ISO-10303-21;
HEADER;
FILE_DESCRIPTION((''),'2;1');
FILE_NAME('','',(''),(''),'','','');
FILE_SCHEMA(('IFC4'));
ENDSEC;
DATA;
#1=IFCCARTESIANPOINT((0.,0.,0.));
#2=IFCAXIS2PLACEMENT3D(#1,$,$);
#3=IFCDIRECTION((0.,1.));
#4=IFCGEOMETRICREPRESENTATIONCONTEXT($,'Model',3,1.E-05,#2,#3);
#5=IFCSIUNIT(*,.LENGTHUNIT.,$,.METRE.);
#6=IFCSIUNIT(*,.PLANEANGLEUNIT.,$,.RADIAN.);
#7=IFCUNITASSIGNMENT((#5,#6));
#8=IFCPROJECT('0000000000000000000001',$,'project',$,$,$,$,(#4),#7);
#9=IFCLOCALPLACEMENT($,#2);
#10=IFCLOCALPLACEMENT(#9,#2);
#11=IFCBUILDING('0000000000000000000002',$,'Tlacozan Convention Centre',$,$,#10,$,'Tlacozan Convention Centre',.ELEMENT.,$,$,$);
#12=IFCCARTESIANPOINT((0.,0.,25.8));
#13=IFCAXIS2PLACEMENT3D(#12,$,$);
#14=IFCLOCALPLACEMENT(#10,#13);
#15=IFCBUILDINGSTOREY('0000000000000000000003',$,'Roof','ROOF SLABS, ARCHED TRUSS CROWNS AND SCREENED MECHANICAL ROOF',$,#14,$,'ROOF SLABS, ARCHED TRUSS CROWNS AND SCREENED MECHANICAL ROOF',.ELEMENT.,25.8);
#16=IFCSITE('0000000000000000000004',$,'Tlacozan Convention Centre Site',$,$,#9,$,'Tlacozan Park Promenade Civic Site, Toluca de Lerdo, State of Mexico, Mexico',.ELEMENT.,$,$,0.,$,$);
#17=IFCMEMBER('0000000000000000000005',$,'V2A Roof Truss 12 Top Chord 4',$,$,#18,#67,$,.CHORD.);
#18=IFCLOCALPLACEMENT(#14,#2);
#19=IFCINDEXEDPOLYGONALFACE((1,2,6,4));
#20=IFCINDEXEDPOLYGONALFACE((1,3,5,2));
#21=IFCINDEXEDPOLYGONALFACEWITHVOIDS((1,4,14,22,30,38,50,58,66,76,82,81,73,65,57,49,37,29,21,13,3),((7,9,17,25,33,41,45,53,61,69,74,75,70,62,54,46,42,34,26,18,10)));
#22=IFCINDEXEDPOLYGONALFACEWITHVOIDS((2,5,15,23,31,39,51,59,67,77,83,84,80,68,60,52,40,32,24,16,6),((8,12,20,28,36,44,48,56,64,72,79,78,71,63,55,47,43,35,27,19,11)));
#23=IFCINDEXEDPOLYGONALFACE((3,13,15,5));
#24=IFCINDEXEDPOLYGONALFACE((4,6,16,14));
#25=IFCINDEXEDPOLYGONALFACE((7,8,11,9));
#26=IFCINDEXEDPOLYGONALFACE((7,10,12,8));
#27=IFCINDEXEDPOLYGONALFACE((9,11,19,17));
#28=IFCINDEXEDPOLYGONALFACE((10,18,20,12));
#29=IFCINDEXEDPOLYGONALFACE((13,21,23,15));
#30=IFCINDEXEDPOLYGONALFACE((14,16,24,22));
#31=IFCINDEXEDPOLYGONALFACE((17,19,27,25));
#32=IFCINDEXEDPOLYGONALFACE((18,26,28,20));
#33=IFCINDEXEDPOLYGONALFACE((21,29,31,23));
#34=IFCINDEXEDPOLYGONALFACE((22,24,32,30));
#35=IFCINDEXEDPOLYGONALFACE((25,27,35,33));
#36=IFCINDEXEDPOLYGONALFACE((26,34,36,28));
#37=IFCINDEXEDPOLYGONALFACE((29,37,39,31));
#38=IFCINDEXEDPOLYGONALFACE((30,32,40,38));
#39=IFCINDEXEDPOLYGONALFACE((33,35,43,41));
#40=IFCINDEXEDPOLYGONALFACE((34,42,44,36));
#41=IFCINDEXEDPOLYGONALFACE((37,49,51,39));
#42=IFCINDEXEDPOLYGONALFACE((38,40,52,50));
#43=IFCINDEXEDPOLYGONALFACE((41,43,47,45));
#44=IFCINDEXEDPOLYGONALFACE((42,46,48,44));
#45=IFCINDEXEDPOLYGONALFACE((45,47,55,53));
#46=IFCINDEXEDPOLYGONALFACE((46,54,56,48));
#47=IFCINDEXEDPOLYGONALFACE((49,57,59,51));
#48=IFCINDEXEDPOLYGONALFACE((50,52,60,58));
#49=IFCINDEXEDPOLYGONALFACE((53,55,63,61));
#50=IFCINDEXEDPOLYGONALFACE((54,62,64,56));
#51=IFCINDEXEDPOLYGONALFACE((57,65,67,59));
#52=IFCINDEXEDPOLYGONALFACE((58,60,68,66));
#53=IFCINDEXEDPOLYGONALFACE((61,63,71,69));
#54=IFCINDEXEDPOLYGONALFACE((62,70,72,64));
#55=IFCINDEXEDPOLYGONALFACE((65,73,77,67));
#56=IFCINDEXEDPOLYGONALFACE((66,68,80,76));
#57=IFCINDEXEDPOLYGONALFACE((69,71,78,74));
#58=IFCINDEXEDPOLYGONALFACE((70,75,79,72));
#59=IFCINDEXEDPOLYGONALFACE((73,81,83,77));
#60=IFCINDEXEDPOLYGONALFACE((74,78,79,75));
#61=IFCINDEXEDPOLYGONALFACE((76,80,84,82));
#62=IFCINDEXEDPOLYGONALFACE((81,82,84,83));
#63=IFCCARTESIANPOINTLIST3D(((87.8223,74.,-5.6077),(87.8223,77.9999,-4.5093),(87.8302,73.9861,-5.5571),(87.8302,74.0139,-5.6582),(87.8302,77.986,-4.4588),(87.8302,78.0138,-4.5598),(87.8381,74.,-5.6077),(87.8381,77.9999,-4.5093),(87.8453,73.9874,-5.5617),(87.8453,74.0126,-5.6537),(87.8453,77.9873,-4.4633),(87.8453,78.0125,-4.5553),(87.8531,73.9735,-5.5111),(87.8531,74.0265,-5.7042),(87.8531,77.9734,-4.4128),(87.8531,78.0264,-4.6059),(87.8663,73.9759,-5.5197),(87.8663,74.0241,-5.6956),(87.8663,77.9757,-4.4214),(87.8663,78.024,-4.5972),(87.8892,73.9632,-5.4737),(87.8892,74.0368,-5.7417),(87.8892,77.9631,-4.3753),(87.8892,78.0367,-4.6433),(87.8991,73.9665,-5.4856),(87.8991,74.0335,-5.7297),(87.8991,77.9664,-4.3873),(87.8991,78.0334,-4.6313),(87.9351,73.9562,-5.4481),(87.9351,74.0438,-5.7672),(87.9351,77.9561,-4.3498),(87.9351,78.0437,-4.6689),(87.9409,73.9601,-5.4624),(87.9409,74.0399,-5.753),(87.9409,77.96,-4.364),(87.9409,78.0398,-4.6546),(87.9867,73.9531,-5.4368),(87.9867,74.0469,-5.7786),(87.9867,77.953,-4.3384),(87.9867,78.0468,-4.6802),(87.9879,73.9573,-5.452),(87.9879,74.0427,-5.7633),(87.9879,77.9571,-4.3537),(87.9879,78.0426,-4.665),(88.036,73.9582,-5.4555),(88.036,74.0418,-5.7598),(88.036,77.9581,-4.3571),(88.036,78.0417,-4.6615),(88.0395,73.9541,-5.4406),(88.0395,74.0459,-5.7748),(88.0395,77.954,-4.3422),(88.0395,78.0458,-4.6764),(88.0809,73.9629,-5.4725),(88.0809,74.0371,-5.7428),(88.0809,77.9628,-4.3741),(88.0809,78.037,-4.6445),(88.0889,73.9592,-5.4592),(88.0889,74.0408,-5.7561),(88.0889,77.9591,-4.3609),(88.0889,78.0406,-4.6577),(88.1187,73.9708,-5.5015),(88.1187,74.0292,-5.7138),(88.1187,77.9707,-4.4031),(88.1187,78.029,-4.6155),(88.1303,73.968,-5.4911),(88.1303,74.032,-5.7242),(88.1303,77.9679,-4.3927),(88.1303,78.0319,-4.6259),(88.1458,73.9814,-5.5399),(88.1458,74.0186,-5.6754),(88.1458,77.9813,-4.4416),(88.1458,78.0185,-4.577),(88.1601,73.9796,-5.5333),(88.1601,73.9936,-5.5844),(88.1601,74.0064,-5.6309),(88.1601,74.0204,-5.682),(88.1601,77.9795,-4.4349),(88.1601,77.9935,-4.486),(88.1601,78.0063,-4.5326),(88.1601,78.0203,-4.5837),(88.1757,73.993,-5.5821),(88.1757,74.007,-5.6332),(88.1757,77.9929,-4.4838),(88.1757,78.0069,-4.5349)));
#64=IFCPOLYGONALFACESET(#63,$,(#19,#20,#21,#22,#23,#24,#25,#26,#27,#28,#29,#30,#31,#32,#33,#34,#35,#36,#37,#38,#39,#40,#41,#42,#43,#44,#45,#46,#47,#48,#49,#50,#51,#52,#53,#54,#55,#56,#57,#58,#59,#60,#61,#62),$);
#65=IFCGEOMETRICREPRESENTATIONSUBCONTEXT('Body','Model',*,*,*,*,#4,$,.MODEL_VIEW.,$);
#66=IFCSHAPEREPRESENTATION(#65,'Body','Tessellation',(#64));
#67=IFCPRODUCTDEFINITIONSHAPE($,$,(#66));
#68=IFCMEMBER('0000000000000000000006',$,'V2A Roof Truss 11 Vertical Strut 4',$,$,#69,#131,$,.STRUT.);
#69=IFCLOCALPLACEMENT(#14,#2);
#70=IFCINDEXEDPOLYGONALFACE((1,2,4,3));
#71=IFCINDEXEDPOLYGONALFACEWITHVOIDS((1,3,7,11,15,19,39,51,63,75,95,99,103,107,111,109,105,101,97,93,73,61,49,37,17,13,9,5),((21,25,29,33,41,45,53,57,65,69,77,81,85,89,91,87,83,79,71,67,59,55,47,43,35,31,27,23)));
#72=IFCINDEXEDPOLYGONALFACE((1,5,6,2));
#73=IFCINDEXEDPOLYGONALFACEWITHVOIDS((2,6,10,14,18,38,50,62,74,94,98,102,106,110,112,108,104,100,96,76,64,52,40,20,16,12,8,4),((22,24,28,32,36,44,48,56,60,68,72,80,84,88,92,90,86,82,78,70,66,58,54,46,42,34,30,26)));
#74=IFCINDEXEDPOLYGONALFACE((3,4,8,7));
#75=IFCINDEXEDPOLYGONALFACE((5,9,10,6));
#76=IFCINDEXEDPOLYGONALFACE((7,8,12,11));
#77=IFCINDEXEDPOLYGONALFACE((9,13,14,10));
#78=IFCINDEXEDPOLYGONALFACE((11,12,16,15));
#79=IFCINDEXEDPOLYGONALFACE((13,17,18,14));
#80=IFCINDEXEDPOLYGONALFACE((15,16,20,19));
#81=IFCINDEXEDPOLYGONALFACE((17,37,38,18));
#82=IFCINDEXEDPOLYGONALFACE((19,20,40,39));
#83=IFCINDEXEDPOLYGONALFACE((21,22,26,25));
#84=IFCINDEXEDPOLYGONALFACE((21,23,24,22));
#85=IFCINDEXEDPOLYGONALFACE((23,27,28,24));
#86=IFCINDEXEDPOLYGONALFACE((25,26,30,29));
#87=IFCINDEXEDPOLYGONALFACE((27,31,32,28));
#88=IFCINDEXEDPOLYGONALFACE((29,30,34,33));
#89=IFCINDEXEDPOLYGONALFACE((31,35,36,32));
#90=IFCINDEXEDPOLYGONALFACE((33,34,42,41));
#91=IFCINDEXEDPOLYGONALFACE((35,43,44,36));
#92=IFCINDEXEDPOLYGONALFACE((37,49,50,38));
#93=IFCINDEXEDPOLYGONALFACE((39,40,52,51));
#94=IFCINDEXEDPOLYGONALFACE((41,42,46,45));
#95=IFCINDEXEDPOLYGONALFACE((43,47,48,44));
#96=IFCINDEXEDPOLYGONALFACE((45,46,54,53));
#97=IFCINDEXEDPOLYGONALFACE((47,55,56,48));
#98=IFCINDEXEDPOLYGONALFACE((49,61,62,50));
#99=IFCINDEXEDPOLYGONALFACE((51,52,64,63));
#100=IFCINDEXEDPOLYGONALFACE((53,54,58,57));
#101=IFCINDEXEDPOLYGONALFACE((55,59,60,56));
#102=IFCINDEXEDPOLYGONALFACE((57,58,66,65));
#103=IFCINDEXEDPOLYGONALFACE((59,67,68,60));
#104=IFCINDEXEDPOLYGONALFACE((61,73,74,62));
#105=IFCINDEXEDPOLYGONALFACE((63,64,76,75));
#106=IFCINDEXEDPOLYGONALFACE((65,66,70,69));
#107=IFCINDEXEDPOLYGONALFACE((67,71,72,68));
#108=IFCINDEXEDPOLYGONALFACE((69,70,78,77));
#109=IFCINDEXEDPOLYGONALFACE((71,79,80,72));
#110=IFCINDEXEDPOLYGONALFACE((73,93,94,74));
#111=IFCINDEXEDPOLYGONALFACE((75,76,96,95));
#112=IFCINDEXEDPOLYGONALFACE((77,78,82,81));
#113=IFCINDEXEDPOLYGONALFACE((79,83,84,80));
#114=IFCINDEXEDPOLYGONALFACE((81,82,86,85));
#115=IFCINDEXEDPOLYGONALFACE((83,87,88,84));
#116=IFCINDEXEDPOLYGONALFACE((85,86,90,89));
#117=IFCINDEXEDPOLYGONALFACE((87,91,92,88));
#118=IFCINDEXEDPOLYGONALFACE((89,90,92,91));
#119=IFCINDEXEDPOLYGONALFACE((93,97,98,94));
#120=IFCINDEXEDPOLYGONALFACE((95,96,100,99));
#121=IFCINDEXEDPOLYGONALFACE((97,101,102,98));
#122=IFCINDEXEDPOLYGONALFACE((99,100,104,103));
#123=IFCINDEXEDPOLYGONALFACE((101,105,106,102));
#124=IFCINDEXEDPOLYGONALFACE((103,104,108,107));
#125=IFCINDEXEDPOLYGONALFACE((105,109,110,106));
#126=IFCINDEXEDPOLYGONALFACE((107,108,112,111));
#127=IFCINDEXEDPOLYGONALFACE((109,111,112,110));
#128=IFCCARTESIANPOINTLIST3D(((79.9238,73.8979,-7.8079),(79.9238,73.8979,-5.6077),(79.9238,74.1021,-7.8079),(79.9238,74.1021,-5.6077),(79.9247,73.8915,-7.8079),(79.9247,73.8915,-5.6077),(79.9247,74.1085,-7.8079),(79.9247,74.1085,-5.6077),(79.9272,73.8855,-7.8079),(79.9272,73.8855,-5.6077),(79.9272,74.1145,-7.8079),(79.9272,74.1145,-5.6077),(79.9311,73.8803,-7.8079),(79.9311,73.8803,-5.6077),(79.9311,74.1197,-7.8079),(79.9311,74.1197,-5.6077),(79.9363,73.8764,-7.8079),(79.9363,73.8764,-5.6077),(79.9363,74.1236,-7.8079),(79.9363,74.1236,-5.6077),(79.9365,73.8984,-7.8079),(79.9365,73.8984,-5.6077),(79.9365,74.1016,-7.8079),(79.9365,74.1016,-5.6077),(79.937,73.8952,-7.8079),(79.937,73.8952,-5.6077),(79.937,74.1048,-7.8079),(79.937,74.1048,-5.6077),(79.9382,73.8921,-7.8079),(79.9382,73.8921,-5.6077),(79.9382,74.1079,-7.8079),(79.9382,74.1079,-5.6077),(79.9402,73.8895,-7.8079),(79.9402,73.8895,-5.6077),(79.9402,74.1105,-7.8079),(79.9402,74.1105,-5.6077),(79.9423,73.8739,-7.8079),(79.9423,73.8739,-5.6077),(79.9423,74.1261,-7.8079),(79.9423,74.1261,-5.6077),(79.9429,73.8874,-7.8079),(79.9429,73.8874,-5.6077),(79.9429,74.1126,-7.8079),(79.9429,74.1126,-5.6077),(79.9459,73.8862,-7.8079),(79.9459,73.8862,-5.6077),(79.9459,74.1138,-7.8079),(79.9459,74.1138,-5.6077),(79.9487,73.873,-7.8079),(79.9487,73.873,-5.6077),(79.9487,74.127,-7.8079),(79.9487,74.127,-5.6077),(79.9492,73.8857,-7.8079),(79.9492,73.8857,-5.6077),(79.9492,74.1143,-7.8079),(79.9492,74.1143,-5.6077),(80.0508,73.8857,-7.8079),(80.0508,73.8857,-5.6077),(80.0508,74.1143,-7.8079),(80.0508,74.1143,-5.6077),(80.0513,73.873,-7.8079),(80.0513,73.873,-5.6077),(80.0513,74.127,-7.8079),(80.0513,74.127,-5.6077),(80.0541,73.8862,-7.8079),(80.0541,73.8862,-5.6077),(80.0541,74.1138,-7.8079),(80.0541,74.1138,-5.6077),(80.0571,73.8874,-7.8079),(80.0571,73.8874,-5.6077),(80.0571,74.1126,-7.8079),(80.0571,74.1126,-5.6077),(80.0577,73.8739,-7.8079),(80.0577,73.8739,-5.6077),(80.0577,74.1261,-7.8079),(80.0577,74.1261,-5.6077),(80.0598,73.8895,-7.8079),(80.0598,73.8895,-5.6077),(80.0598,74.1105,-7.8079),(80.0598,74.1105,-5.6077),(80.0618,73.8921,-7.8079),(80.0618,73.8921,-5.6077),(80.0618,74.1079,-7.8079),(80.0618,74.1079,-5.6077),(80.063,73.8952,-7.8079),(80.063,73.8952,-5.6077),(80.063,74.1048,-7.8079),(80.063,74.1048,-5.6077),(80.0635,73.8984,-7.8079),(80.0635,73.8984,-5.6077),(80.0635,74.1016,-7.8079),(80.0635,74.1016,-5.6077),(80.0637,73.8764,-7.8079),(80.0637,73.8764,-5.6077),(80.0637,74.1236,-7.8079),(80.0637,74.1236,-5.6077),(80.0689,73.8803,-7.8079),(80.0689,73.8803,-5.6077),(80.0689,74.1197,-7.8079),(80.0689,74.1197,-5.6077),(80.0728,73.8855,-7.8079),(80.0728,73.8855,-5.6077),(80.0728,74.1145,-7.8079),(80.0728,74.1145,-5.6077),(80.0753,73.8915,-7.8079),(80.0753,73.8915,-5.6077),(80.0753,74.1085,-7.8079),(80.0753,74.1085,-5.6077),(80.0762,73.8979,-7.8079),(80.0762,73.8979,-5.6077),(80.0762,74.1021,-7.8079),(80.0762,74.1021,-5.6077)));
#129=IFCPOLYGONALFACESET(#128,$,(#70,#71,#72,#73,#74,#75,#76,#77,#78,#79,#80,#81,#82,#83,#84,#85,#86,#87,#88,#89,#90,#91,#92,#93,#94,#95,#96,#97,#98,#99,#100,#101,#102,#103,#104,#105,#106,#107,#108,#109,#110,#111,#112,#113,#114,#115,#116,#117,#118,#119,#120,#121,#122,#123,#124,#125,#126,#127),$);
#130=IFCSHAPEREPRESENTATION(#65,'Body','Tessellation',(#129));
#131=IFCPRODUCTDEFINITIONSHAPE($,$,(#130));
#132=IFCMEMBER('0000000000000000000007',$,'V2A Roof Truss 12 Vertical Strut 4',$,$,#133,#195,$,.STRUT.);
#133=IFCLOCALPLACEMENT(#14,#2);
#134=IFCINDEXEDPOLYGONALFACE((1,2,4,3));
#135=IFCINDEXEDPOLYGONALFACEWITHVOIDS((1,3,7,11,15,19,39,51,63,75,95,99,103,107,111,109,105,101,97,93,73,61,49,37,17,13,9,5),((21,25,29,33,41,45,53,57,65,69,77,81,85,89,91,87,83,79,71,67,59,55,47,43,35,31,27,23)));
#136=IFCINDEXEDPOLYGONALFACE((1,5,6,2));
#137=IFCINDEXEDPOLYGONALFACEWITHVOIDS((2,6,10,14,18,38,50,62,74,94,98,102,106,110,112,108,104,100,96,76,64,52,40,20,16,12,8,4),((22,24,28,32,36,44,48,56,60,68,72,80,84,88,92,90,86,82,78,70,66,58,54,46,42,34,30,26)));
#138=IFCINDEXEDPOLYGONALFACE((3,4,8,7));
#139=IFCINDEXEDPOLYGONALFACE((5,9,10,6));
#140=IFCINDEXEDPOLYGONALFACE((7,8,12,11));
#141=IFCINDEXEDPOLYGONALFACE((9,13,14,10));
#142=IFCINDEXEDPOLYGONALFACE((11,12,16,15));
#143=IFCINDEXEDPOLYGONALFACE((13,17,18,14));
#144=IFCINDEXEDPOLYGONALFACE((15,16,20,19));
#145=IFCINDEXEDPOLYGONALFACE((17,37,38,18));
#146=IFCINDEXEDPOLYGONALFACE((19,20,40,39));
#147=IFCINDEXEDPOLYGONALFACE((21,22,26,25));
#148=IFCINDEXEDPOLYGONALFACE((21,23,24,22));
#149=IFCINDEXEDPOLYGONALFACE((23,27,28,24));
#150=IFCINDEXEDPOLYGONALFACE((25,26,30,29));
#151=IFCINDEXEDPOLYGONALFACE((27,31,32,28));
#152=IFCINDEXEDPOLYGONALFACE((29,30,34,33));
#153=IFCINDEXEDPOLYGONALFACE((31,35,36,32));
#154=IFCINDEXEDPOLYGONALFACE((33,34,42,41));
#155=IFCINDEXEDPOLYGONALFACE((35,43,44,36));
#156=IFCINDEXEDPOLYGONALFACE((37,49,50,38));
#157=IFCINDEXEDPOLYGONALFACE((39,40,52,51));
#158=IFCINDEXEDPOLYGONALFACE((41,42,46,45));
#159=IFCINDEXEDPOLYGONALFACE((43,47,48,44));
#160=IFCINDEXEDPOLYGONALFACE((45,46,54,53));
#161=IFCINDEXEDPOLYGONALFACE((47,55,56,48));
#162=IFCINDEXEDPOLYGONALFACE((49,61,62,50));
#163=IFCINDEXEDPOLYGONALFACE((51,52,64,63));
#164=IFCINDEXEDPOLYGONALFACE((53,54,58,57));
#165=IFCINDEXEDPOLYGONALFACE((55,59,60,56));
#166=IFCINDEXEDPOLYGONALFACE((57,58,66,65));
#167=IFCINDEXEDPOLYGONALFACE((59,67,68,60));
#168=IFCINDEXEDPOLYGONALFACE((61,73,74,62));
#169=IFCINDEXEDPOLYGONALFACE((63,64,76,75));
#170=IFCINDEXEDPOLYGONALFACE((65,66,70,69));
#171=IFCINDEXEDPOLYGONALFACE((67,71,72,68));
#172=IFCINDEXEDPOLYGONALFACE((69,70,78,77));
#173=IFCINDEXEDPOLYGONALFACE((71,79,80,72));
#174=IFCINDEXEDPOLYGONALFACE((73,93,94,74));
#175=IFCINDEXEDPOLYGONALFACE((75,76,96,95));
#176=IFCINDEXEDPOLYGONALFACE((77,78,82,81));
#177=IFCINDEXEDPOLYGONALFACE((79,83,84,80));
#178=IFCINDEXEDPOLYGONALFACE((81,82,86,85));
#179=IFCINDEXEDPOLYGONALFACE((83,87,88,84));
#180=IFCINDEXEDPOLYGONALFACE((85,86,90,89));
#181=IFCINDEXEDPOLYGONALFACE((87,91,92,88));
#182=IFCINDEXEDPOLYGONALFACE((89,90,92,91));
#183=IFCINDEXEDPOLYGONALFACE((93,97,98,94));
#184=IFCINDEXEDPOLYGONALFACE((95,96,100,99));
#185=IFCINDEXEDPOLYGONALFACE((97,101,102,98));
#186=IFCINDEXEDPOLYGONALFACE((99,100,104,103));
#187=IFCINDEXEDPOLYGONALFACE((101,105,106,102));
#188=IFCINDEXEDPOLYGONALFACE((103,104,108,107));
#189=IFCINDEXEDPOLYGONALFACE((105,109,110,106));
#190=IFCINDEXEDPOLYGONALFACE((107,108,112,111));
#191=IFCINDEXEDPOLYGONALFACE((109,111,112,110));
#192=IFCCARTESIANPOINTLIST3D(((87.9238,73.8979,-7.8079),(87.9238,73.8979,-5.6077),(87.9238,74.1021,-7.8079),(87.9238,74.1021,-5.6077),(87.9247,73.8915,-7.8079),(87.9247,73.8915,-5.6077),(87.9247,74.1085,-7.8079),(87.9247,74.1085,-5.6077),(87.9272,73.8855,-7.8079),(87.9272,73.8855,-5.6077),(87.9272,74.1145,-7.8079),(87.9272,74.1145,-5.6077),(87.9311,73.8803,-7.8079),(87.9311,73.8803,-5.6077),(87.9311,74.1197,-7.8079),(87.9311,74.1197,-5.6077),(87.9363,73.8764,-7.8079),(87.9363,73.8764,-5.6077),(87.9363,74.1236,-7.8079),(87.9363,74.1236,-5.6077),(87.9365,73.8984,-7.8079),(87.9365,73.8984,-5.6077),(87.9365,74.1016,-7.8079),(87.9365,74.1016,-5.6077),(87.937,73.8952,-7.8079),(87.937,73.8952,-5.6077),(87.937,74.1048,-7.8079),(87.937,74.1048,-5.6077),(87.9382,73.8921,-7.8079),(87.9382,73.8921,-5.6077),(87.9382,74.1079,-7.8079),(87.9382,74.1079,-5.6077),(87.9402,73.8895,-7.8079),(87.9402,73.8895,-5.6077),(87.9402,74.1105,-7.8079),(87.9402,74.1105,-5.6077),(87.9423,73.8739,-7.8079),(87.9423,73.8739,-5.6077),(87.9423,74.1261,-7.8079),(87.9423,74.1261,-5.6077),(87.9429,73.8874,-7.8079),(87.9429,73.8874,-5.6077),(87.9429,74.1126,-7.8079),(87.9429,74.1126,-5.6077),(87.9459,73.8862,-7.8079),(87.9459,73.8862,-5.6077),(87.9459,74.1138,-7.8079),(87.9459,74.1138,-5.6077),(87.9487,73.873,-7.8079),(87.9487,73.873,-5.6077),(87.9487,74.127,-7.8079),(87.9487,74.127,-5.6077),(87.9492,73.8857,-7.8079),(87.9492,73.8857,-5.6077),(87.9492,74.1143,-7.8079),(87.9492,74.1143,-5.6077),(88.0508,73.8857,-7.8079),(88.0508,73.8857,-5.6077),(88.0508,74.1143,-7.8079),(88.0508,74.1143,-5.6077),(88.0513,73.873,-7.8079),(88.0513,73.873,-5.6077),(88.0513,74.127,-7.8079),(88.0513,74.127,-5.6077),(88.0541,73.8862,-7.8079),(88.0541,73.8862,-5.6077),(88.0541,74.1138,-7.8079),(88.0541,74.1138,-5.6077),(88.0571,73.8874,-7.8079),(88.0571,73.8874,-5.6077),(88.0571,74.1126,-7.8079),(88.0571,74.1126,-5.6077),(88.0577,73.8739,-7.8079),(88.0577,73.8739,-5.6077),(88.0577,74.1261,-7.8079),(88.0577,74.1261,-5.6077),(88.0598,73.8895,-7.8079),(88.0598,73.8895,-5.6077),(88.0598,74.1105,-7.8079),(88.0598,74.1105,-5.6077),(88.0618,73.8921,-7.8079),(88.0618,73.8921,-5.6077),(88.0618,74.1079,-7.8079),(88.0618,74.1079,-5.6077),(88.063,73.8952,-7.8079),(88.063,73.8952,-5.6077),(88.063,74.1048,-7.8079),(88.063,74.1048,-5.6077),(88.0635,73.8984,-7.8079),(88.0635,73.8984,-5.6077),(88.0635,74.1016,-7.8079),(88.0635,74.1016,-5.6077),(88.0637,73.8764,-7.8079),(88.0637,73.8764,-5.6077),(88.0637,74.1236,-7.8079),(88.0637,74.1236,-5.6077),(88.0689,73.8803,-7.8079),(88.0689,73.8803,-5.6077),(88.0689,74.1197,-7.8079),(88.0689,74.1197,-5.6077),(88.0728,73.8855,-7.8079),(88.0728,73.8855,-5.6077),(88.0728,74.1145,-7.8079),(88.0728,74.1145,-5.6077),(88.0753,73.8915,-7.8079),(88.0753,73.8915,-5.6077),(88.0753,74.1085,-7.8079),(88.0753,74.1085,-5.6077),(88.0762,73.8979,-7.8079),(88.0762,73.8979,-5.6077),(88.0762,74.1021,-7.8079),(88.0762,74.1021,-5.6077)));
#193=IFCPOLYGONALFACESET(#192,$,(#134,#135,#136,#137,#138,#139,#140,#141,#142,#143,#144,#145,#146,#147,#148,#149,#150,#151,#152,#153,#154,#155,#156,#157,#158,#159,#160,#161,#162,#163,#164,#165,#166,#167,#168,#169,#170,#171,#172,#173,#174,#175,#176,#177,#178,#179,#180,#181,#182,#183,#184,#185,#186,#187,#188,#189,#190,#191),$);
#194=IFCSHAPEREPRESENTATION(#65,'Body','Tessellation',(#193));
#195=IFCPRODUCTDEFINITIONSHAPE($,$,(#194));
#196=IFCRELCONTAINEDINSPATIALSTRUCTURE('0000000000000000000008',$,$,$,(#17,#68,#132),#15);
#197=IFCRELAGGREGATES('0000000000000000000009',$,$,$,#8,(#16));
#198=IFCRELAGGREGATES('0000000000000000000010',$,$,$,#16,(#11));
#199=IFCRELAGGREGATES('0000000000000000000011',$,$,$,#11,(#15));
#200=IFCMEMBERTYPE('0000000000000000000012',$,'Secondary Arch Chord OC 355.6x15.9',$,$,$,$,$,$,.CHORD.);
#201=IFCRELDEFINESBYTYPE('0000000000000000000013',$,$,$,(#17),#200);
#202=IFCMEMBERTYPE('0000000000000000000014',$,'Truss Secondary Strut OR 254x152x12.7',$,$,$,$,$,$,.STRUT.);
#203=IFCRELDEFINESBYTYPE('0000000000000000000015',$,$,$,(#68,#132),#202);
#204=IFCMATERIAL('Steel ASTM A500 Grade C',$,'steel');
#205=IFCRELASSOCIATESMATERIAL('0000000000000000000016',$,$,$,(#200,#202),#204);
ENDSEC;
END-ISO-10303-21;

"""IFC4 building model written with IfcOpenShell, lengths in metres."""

from ifc_helpers import new_model, si_unit, direction, frame, origin, origin_2d, place, context, subcontext, project, spatial, hollow_rectangle, hollow_circle, extrude, material, material_profile, profile_set, type_object, element, save


model = new_model("IFC4")

# Units and contexts
model_context = context("Model", 3, precision=1e-05, world=origin(), true_north=direction((0.0, 1.0)))
body_context = subcontext(model_context, "Body", "Model", "MODEL_VIEW")
ifc_project = project(units=[si_unit("LENGTHUNIT", "METRE"), si_unit("PLANEANGLEUNIT", "RADIAN")], contexts=[model_context])

# Site, building, storey
site_placement = place(None, origin())
site = spatial("IfcSite", under=ifc_project, at=site_placement, Name="Tlacozan Convention Centre Site", LongName="Tlacozan Park Promenade Civic Site, Toluca de Lerdo, State of Mexico, Mexico", CompositionType="ELEMENT", RefElevation=0.0)
building_placement = place(site_placement, origin())
building = spatial("IfcBuilding", under=site, at=building_placement, Name="Tlacozan Convention Centre", LongName="Tlacozan Convention Centre", CompositionType="ELEMENT")
storey_placement = place(building_placement, frame((0.0, 0.0, 25.8)))
storey = spatial("IfcBuildingStorey", under=building, at=storey_placement, Name="Roof", Description="ROOF SLABS, ARCHED TRUSS CROWNS AND SCREENED MECHANICAL ROOF", LongName="ROOF SLABS, ARCHED TRUSS CROWNS AND SCREENED MECHANICAL ROOF", CompositionType="ELEMENT", Elevation=25.8)

# Members
ifc_material_1 = material(Name="Steel ASTM A500 Grade C", Category="steel")
ifc_material_profile_1 = material_profile(ifc_material_1, hollow_circle(Radius=0.1777, WallThickness=0.0159, at=origin_2d()), Name="OC 355.6x15.9")
ifc_profile_set_1 = profile_set([ifc_material_profile_1], Name="Steel ASTM A500 Grade C")
member_type_1 = type_object("IfcMemberType", Name="Secondary Arch Chord OC 355.6x15.9", PredefinedType="CHORD", material=ifc_profile_set_1)
member_1_placement = place(storey_placement, frame((88.0, 74.0, -5.6077), z_axis=(0.0, 0.964305, 0.264795), x_axis=(-1.0, 0.0, 0.0)))
element("IfcMember", 1, at=member_1_placement, inside=storey, type_object=member_type_1, Name="V2A Roof Truss 12 Top Chord 4", PredefinedType="CHORD", context=body_context, shape_type="SweptSolid", body=[
    extrude(hollow_circle(Radius=0.1777, WallThickness=0.0159, at=origin_2d()), origin(), (0.0, 0.0, 1.0), 4.1479),
])
ifc_material_profile_2 = material_profile(ifc_material_1, hollow_rectangle(XDim=0.1523, YDim=0.2539, WallThickness=0.0127, InnerFilletRadius=0.0127, OuterFilletRadius=0.0249, at=origin_2d()), Name="OR 254x152x12.7")
ifc_profile_set_2 = profile_set([ifc_material_profile_2], Name="Steel ASTM A500 Grade C")
member_type_2 = type_object("IfcMemberType", Name="Truss Secondary Strut OR 254x152x12.7", PredefinedType="STRUT", material=ifc_profile_set_2)
for number, where, z_axis, x_axis, name in (
    (2, (80.0, 74.0, -7.8079), (0.0, 0.0, 1.0), (1.0, 0.0, 0.0), "V2A Roof Truss 11 Vertical Strut 4"),
    (3, (88.0, 74.0, -7.8079), (0.0, 0.0, 1.0), (1.0, 0.0, 0.0), "V2A Roof Truss 12 Vertical Strut 4"),
):
    element("IfcMember", number, at=place(storey_placement, frame(where, z_axis=z_axis, x_axis=x_axis)), inside=storey, type_object=member_type_2, Name=name, PredefinedType="STRUT", context=body_context, shape_type="SweptSolid", body=[
        extrude(hollow_rectangle(XDim=0.1523, YDim=0.2539, WallThickness=0.0127, InnerFilletRadius=0.0127, OuterFilletRadius=0.0249, at=origin_2d()), origin(), (0.0, 0.0, 1.0), 2.2002),
    ])

save(model, "model.ifc")
